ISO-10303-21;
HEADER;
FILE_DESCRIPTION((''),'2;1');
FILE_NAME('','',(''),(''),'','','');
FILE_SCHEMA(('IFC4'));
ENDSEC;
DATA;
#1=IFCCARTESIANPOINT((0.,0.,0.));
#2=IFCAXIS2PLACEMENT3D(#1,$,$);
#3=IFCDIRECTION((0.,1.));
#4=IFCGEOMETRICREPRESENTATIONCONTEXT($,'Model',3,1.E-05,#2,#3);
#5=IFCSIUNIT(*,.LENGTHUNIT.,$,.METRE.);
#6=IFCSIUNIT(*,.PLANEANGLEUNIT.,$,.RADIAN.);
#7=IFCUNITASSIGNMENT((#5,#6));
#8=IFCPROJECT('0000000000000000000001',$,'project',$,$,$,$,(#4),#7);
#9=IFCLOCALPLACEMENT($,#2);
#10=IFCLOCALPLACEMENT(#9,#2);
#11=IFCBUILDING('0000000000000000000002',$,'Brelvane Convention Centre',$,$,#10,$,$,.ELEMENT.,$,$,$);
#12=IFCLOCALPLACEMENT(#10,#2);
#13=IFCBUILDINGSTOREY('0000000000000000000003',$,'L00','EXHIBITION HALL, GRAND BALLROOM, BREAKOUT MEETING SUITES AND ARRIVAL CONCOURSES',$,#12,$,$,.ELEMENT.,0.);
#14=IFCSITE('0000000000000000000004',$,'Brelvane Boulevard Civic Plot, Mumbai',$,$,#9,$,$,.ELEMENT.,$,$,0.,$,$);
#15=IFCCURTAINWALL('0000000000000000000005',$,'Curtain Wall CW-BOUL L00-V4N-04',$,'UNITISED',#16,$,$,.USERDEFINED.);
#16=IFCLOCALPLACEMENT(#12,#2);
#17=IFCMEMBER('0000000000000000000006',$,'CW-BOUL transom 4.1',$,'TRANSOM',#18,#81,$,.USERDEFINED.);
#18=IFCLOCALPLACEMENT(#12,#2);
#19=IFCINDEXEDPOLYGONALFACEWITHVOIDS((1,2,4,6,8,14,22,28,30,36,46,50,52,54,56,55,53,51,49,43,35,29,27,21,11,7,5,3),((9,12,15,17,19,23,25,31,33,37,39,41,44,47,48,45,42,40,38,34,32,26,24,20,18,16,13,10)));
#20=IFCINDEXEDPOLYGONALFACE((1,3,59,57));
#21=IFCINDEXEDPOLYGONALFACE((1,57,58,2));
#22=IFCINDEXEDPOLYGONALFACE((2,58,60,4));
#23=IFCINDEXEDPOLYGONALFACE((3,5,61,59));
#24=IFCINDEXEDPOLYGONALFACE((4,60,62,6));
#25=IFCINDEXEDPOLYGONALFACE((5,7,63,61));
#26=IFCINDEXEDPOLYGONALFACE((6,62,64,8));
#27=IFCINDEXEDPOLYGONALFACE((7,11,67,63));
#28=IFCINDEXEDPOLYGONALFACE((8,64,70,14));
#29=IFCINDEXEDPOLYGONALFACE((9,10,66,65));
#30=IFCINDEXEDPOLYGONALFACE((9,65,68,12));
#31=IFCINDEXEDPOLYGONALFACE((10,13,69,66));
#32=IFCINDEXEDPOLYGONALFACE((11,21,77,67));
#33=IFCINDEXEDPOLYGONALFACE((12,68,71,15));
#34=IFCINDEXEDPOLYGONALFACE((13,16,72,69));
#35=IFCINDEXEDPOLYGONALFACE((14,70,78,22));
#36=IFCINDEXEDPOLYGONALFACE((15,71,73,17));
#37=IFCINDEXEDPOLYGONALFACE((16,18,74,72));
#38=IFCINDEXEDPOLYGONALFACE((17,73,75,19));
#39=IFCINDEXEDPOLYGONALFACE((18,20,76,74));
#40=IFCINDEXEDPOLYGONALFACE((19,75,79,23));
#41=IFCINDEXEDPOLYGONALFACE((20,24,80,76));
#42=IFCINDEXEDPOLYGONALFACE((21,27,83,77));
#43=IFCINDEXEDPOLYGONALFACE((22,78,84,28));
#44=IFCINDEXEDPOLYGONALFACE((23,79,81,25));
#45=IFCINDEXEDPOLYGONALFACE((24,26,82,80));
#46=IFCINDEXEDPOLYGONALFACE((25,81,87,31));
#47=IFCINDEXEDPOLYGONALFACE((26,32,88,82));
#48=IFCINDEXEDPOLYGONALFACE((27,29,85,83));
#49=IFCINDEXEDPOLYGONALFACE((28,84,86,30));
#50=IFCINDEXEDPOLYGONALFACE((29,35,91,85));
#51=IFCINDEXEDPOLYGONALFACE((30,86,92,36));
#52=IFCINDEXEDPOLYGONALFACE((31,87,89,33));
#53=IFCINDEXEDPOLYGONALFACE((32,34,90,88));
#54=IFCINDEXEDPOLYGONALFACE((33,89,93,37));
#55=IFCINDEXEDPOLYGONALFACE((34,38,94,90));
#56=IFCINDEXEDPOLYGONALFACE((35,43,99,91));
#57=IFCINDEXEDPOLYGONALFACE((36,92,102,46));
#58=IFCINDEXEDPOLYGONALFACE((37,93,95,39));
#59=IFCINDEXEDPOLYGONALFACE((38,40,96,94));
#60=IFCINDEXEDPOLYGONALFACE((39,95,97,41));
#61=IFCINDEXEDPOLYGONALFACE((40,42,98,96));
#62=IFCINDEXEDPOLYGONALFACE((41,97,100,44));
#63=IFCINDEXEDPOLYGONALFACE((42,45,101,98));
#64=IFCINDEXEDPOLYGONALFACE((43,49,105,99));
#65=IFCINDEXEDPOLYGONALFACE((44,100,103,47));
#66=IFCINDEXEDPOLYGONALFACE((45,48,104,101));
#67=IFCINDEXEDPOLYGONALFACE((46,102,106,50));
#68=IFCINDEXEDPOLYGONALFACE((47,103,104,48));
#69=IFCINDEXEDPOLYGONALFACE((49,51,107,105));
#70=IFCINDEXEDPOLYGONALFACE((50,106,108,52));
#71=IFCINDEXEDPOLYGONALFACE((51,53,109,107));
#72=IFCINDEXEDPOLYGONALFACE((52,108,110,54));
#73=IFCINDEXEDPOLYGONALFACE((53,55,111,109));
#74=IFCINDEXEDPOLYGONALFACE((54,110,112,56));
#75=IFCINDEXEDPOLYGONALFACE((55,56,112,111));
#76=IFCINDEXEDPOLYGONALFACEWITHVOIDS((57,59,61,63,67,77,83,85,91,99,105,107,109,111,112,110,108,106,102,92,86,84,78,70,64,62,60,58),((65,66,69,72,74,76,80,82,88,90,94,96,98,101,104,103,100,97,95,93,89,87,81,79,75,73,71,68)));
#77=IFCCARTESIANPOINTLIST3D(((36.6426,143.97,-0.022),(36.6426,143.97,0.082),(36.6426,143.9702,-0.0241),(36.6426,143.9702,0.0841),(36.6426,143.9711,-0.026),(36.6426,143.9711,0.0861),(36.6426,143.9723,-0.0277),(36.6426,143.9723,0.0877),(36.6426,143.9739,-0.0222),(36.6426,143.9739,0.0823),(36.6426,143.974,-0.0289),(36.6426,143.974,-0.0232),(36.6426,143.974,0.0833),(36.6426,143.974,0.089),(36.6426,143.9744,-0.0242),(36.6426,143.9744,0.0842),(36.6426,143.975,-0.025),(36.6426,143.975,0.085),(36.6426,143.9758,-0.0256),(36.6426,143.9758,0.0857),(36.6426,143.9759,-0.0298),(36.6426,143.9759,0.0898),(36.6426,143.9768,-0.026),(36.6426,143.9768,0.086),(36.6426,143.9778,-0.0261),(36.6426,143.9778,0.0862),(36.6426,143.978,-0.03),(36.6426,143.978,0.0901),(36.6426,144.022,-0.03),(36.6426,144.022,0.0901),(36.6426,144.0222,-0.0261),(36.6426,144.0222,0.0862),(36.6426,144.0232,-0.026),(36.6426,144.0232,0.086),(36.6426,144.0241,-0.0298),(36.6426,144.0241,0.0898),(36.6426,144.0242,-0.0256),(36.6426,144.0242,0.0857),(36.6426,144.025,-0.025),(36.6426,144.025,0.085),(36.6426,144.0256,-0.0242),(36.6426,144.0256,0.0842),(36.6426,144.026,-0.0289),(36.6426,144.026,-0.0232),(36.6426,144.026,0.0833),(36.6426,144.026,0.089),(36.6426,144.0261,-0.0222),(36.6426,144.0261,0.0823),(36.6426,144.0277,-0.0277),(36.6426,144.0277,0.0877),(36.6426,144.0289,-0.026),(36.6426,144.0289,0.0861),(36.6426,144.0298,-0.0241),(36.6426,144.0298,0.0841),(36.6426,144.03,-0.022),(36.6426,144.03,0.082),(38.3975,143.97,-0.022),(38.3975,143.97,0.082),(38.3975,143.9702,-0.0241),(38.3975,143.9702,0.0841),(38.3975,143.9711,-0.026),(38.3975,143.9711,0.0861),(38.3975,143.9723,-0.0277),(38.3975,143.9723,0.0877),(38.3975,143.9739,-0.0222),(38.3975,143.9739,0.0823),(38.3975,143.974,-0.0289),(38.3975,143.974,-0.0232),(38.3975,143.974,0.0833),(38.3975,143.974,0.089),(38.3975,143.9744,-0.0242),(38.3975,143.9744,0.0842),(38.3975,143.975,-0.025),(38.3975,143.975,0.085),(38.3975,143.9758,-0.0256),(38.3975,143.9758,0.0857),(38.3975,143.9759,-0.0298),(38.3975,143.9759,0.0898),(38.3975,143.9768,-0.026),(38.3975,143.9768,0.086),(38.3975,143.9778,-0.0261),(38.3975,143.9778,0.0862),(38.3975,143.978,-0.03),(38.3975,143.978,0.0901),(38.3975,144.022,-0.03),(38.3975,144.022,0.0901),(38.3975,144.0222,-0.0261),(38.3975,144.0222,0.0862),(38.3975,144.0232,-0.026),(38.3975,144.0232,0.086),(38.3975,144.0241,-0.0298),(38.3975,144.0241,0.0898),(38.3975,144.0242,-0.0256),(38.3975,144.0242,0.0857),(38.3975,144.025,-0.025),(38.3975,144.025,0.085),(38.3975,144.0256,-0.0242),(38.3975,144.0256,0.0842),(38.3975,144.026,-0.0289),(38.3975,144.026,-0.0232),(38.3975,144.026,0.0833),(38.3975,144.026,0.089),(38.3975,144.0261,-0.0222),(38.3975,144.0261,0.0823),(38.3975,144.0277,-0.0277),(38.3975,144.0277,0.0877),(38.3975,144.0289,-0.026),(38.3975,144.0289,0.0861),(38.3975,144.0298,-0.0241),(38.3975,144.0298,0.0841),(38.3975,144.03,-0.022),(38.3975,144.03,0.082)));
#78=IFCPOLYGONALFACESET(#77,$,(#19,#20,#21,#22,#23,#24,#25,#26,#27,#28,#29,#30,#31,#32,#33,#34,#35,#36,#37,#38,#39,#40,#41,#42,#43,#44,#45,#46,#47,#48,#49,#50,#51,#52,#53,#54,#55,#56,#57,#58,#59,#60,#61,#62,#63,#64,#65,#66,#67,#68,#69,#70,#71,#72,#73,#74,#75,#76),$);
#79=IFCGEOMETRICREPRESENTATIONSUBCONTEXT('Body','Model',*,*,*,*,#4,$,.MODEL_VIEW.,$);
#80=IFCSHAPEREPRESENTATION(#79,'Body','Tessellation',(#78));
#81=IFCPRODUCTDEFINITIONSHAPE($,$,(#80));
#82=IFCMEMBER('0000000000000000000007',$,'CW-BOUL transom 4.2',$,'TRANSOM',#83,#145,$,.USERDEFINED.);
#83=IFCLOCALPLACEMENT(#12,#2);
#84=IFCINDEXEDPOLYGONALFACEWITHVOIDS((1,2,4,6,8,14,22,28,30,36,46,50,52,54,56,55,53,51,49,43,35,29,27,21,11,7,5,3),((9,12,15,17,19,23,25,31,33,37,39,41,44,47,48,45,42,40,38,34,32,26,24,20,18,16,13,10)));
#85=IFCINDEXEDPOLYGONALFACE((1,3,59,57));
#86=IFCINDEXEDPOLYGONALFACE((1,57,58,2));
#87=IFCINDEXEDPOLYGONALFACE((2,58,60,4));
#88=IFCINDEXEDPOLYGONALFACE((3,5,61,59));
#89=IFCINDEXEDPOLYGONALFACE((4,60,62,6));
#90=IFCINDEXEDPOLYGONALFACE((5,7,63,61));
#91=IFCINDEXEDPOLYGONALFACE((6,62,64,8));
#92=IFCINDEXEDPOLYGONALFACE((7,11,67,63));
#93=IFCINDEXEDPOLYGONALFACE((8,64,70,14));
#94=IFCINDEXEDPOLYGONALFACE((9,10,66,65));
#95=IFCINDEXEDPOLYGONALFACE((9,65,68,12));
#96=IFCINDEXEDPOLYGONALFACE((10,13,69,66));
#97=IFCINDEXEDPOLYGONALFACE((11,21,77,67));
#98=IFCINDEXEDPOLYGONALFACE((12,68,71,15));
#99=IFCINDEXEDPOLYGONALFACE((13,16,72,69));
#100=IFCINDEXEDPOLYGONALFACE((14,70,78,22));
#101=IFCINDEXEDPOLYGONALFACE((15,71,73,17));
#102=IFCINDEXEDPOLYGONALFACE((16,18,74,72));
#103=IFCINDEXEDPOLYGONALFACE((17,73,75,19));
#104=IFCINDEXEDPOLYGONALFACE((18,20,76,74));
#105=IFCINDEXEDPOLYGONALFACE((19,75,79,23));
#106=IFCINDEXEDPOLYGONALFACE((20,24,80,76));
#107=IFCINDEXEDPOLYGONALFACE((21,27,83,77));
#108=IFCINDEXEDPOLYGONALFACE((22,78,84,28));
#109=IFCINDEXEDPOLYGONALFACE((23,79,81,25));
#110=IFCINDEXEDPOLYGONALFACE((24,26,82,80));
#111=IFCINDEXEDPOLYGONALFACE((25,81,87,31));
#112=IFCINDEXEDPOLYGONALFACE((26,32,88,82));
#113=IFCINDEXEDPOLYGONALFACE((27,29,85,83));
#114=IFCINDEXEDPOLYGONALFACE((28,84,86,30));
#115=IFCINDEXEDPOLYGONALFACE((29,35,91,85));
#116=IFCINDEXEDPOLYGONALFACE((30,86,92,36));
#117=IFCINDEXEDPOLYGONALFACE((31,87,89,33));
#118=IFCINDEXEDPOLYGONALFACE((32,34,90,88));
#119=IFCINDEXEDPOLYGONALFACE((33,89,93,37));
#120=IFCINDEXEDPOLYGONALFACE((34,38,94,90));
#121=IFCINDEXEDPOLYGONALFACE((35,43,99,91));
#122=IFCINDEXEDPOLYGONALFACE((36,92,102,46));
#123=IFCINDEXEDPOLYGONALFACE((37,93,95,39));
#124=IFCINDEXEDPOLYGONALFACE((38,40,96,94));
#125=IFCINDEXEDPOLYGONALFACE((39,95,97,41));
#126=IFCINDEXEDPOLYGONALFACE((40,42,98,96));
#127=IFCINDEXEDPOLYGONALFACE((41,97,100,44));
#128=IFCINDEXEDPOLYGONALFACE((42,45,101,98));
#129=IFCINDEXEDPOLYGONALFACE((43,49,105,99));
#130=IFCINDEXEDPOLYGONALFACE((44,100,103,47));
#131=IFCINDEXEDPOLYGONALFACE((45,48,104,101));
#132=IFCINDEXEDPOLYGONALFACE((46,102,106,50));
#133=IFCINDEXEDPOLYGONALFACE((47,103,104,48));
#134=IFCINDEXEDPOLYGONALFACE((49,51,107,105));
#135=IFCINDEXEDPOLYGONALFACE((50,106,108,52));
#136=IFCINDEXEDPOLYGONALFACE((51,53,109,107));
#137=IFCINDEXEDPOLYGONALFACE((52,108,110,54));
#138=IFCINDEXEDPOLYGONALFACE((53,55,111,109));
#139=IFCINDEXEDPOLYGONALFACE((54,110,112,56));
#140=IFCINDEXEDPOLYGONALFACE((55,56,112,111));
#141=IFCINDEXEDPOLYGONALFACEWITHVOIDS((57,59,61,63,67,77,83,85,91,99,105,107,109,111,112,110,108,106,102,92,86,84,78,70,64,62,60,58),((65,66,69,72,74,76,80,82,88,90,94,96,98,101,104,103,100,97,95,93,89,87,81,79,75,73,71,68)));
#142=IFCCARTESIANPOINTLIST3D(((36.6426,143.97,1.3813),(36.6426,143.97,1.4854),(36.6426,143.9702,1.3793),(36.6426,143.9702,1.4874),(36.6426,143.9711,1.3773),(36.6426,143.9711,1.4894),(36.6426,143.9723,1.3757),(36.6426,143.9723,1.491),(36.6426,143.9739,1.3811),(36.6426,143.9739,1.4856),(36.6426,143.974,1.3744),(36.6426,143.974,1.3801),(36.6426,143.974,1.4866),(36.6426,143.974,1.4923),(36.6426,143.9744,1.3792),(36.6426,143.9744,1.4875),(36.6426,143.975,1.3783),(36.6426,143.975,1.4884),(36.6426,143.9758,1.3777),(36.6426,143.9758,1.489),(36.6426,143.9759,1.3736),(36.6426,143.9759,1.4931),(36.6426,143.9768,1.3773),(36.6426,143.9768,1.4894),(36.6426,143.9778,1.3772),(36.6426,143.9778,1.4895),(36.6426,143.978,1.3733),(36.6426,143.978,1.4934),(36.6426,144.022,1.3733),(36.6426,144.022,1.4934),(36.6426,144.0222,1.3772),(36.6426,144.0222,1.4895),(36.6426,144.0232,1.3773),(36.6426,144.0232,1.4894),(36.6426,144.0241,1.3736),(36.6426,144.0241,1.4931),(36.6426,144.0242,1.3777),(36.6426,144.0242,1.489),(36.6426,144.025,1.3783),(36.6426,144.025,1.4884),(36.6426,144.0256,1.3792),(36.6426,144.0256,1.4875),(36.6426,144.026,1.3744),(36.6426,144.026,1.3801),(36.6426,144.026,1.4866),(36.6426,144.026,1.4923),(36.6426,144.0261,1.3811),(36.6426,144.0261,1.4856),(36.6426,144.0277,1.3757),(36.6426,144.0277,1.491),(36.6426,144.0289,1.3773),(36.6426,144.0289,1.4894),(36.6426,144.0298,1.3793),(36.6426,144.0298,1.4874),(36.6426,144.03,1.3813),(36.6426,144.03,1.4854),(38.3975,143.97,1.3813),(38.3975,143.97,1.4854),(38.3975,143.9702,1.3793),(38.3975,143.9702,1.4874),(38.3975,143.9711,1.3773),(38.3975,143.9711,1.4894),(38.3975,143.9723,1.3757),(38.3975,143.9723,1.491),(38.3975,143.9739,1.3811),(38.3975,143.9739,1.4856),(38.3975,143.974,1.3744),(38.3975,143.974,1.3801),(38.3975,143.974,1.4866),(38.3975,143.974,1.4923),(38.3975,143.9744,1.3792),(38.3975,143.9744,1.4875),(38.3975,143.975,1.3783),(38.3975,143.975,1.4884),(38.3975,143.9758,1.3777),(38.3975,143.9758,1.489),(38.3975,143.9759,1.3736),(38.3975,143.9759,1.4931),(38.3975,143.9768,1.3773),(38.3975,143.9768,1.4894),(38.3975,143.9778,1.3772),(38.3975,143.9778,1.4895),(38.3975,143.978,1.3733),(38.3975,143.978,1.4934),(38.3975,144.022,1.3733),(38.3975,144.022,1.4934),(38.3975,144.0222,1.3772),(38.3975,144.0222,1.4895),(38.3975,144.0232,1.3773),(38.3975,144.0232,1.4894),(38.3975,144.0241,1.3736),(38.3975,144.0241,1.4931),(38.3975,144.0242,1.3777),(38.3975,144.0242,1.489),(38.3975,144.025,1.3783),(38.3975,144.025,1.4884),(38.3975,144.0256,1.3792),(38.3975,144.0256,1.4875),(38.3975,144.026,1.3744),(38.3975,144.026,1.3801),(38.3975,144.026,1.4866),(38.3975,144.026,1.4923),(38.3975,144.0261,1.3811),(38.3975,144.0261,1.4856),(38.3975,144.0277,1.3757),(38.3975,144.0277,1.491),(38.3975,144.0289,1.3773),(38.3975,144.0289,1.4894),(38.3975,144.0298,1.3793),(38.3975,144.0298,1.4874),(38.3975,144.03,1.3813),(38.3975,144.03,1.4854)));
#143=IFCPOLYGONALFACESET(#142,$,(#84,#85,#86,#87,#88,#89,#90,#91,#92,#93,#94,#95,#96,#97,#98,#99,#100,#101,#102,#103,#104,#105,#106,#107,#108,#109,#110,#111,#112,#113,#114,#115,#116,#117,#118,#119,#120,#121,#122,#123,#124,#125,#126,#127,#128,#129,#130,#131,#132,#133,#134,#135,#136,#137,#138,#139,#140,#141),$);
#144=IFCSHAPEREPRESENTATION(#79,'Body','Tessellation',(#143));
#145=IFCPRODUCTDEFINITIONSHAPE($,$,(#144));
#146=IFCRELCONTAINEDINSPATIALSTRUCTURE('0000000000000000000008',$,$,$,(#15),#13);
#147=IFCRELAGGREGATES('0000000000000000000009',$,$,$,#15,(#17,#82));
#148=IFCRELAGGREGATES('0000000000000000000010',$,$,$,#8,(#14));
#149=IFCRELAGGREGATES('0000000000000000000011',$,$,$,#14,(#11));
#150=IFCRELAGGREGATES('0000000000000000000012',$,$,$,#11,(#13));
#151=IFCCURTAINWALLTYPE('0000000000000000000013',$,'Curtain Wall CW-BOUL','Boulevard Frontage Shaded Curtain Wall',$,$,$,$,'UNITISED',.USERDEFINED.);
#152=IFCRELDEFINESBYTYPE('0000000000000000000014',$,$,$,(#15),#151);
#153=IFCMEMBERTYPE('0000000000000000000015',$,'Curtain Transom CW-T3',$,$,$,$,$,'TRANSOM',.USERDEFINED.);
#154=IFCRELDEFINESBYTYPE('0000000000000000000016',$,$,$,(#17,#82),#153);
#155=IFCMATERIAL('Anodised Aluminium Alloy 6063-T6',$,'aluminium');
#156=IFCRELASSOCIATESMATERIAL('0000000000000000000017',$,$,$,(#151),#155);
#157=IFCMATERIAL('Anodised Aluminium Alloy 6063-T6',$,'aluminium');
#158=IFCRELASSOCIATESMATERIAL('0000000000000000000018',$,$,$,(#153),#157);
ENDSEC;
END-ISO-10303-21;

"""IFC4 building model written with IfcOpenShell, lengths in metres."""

from ifc_helpers import new_model, si_unit, direction, frame, origin, origin_2d, place, context, subcontext, project, spatial, hollow_rectangle, extrude, material, material_profile, profile_set, type_object, element, aggregate, save


model = new_model("IFC4")

# Units and contexts
model_context = context("Model", 3, precision=1e-05, world=origin(), true_north=direction((0.0, 1.0)))
body_context = subcontext(model_context, "Body", "Model", "MODEL_VIEW")
ifc_project = project(units=[si_unit("LENGTHUNIT", "METRE"), si_unit("PLANEANGLEUNIT", "RADIAN")], contexts=[model_context])

# Site, building, storey
site_placement = place(None, origin())
site = spatial("IfcSite", under=ifc_project, at=site_placement, Name="Brelvane Boulevard Civic Plot, Mumbai", CompositionType="ELEMENT", RefElevation=0.0)
building_placement = place(site_placement, origin())
building = spatial("IfcBuilding", under=site, at=building_placement, Name="Brelvane Convention Centre", CompositionType="ELEMENT")
storey_placement = place(building_placement, origin())
storey = spatial("IfcBuildingStorey", under=building, at=storey_placement, Name="L00", Description="EXHIBITION HALL, GRAND BALLROOM, BREAKOUT MEETING SUITES AND ARRIVAL CONCOURSES", CompositionType="ELEMENT", Elevation=0.0)

# Curtain wall, members
ifc_material_1 = material(Name="Anodised Aluminium Alloy 6063-T6", Category="aluminium")
curtain_wall_type = type_object("IfcCurtainWallType", Name="Curtain Wall CW-BOUL", Description="Boulevard Frontage Shaded Curtain Wall", ElementType="UNITISED", PredefinedType="USERDEFINED", material=ifc_material_1)
curtain_wall_placement = place(storey_placement, origin())
curtain_wall = element("IfcCurtainWall", 1, at=curtain_wall_placement, inside=storey, type_object=curtain_wall_type, Name="Curtain Wall CW-BOUL L00-V4N-04", ObjectType="UNITISED", PredefinedType="USERDEFINED")
ifc_material_2 = material(Name="Anodised Aluminium Alloy 6063-T6", Category="aluminium")
ifc_material_profile_1 = material_profile(ifc_material_2, hollow_rectangle(XDim=0.0601, YDim=0.1201, WallThickness=0.0039, InnerFilletRadius=0.0039, OuterFilletRadius=0.0081, at=origin_2d()), Name="ALU-T 120x60x4.0")
ifc_profile_set_1 = profile_set([ifc_material_profile_1], Name="Anodised Aluminium Alloy 6063-T6")
member_type_1 = type_object("IfcMemberType", Name="Curtain Transom CW-T3", ElementType="TRANSOM", PredefinedType="USERDEFINED", material=ifc_profile_set_1)
member_1_placement = place(storey_placement, frame((36.6426, 144.0, 0.03), z_axis=(1.0, 0.0, 0.0), x_axis=(0.0, 1.0, 0.0)))
member_1 = element("IfcMember", 2, at=member_1_placement, type_object=member_type_1, Name="CW-BOUL transom 4.1", ObjectType="TRANSOM", PredefinedType="USERDEFINED", context=body_context, shape_type="SweptSolid", body=[
    extrude(hollow_rectangle(XDim=0.0601, YDim=0.1201, WallThickness=0.0039, InnerFilletRadius=0.0039, OuterFilletRadius=0.0081, at=origin_2d()), origin(), (0.0, 0.0, 1.0), 1.7549),
])
member_2_placement = place(storey_placement, frame((36.6426, 144.0, 1.4333), z_axis=(1.0, 0.0, 0.0), x_axis=(0.0, 1.0, 0.0)))
member_2 = element("IfcMember", 3, at=member_2_placement, type_object=member_type_1, Name="CW-BOUL transom 4.2", ObjectType="TRANSOM", PredefinedType="USERDEFINED", context=body_context, shape_type="SweptSolid", body=[
    extrude(hollow_rectangle(XDim=0.0601, YDim=0.1201, WallThickness=0.0039, InnerFilletRadius=0.0039, OuterFilletRadius=0.0081, at=origin_2d()), origin(), (0.0, 0.0, 1.0), 1.7549),
])

aggregate(curtain_wall, [member_1, member_2])

save(model, "model.ifc")
